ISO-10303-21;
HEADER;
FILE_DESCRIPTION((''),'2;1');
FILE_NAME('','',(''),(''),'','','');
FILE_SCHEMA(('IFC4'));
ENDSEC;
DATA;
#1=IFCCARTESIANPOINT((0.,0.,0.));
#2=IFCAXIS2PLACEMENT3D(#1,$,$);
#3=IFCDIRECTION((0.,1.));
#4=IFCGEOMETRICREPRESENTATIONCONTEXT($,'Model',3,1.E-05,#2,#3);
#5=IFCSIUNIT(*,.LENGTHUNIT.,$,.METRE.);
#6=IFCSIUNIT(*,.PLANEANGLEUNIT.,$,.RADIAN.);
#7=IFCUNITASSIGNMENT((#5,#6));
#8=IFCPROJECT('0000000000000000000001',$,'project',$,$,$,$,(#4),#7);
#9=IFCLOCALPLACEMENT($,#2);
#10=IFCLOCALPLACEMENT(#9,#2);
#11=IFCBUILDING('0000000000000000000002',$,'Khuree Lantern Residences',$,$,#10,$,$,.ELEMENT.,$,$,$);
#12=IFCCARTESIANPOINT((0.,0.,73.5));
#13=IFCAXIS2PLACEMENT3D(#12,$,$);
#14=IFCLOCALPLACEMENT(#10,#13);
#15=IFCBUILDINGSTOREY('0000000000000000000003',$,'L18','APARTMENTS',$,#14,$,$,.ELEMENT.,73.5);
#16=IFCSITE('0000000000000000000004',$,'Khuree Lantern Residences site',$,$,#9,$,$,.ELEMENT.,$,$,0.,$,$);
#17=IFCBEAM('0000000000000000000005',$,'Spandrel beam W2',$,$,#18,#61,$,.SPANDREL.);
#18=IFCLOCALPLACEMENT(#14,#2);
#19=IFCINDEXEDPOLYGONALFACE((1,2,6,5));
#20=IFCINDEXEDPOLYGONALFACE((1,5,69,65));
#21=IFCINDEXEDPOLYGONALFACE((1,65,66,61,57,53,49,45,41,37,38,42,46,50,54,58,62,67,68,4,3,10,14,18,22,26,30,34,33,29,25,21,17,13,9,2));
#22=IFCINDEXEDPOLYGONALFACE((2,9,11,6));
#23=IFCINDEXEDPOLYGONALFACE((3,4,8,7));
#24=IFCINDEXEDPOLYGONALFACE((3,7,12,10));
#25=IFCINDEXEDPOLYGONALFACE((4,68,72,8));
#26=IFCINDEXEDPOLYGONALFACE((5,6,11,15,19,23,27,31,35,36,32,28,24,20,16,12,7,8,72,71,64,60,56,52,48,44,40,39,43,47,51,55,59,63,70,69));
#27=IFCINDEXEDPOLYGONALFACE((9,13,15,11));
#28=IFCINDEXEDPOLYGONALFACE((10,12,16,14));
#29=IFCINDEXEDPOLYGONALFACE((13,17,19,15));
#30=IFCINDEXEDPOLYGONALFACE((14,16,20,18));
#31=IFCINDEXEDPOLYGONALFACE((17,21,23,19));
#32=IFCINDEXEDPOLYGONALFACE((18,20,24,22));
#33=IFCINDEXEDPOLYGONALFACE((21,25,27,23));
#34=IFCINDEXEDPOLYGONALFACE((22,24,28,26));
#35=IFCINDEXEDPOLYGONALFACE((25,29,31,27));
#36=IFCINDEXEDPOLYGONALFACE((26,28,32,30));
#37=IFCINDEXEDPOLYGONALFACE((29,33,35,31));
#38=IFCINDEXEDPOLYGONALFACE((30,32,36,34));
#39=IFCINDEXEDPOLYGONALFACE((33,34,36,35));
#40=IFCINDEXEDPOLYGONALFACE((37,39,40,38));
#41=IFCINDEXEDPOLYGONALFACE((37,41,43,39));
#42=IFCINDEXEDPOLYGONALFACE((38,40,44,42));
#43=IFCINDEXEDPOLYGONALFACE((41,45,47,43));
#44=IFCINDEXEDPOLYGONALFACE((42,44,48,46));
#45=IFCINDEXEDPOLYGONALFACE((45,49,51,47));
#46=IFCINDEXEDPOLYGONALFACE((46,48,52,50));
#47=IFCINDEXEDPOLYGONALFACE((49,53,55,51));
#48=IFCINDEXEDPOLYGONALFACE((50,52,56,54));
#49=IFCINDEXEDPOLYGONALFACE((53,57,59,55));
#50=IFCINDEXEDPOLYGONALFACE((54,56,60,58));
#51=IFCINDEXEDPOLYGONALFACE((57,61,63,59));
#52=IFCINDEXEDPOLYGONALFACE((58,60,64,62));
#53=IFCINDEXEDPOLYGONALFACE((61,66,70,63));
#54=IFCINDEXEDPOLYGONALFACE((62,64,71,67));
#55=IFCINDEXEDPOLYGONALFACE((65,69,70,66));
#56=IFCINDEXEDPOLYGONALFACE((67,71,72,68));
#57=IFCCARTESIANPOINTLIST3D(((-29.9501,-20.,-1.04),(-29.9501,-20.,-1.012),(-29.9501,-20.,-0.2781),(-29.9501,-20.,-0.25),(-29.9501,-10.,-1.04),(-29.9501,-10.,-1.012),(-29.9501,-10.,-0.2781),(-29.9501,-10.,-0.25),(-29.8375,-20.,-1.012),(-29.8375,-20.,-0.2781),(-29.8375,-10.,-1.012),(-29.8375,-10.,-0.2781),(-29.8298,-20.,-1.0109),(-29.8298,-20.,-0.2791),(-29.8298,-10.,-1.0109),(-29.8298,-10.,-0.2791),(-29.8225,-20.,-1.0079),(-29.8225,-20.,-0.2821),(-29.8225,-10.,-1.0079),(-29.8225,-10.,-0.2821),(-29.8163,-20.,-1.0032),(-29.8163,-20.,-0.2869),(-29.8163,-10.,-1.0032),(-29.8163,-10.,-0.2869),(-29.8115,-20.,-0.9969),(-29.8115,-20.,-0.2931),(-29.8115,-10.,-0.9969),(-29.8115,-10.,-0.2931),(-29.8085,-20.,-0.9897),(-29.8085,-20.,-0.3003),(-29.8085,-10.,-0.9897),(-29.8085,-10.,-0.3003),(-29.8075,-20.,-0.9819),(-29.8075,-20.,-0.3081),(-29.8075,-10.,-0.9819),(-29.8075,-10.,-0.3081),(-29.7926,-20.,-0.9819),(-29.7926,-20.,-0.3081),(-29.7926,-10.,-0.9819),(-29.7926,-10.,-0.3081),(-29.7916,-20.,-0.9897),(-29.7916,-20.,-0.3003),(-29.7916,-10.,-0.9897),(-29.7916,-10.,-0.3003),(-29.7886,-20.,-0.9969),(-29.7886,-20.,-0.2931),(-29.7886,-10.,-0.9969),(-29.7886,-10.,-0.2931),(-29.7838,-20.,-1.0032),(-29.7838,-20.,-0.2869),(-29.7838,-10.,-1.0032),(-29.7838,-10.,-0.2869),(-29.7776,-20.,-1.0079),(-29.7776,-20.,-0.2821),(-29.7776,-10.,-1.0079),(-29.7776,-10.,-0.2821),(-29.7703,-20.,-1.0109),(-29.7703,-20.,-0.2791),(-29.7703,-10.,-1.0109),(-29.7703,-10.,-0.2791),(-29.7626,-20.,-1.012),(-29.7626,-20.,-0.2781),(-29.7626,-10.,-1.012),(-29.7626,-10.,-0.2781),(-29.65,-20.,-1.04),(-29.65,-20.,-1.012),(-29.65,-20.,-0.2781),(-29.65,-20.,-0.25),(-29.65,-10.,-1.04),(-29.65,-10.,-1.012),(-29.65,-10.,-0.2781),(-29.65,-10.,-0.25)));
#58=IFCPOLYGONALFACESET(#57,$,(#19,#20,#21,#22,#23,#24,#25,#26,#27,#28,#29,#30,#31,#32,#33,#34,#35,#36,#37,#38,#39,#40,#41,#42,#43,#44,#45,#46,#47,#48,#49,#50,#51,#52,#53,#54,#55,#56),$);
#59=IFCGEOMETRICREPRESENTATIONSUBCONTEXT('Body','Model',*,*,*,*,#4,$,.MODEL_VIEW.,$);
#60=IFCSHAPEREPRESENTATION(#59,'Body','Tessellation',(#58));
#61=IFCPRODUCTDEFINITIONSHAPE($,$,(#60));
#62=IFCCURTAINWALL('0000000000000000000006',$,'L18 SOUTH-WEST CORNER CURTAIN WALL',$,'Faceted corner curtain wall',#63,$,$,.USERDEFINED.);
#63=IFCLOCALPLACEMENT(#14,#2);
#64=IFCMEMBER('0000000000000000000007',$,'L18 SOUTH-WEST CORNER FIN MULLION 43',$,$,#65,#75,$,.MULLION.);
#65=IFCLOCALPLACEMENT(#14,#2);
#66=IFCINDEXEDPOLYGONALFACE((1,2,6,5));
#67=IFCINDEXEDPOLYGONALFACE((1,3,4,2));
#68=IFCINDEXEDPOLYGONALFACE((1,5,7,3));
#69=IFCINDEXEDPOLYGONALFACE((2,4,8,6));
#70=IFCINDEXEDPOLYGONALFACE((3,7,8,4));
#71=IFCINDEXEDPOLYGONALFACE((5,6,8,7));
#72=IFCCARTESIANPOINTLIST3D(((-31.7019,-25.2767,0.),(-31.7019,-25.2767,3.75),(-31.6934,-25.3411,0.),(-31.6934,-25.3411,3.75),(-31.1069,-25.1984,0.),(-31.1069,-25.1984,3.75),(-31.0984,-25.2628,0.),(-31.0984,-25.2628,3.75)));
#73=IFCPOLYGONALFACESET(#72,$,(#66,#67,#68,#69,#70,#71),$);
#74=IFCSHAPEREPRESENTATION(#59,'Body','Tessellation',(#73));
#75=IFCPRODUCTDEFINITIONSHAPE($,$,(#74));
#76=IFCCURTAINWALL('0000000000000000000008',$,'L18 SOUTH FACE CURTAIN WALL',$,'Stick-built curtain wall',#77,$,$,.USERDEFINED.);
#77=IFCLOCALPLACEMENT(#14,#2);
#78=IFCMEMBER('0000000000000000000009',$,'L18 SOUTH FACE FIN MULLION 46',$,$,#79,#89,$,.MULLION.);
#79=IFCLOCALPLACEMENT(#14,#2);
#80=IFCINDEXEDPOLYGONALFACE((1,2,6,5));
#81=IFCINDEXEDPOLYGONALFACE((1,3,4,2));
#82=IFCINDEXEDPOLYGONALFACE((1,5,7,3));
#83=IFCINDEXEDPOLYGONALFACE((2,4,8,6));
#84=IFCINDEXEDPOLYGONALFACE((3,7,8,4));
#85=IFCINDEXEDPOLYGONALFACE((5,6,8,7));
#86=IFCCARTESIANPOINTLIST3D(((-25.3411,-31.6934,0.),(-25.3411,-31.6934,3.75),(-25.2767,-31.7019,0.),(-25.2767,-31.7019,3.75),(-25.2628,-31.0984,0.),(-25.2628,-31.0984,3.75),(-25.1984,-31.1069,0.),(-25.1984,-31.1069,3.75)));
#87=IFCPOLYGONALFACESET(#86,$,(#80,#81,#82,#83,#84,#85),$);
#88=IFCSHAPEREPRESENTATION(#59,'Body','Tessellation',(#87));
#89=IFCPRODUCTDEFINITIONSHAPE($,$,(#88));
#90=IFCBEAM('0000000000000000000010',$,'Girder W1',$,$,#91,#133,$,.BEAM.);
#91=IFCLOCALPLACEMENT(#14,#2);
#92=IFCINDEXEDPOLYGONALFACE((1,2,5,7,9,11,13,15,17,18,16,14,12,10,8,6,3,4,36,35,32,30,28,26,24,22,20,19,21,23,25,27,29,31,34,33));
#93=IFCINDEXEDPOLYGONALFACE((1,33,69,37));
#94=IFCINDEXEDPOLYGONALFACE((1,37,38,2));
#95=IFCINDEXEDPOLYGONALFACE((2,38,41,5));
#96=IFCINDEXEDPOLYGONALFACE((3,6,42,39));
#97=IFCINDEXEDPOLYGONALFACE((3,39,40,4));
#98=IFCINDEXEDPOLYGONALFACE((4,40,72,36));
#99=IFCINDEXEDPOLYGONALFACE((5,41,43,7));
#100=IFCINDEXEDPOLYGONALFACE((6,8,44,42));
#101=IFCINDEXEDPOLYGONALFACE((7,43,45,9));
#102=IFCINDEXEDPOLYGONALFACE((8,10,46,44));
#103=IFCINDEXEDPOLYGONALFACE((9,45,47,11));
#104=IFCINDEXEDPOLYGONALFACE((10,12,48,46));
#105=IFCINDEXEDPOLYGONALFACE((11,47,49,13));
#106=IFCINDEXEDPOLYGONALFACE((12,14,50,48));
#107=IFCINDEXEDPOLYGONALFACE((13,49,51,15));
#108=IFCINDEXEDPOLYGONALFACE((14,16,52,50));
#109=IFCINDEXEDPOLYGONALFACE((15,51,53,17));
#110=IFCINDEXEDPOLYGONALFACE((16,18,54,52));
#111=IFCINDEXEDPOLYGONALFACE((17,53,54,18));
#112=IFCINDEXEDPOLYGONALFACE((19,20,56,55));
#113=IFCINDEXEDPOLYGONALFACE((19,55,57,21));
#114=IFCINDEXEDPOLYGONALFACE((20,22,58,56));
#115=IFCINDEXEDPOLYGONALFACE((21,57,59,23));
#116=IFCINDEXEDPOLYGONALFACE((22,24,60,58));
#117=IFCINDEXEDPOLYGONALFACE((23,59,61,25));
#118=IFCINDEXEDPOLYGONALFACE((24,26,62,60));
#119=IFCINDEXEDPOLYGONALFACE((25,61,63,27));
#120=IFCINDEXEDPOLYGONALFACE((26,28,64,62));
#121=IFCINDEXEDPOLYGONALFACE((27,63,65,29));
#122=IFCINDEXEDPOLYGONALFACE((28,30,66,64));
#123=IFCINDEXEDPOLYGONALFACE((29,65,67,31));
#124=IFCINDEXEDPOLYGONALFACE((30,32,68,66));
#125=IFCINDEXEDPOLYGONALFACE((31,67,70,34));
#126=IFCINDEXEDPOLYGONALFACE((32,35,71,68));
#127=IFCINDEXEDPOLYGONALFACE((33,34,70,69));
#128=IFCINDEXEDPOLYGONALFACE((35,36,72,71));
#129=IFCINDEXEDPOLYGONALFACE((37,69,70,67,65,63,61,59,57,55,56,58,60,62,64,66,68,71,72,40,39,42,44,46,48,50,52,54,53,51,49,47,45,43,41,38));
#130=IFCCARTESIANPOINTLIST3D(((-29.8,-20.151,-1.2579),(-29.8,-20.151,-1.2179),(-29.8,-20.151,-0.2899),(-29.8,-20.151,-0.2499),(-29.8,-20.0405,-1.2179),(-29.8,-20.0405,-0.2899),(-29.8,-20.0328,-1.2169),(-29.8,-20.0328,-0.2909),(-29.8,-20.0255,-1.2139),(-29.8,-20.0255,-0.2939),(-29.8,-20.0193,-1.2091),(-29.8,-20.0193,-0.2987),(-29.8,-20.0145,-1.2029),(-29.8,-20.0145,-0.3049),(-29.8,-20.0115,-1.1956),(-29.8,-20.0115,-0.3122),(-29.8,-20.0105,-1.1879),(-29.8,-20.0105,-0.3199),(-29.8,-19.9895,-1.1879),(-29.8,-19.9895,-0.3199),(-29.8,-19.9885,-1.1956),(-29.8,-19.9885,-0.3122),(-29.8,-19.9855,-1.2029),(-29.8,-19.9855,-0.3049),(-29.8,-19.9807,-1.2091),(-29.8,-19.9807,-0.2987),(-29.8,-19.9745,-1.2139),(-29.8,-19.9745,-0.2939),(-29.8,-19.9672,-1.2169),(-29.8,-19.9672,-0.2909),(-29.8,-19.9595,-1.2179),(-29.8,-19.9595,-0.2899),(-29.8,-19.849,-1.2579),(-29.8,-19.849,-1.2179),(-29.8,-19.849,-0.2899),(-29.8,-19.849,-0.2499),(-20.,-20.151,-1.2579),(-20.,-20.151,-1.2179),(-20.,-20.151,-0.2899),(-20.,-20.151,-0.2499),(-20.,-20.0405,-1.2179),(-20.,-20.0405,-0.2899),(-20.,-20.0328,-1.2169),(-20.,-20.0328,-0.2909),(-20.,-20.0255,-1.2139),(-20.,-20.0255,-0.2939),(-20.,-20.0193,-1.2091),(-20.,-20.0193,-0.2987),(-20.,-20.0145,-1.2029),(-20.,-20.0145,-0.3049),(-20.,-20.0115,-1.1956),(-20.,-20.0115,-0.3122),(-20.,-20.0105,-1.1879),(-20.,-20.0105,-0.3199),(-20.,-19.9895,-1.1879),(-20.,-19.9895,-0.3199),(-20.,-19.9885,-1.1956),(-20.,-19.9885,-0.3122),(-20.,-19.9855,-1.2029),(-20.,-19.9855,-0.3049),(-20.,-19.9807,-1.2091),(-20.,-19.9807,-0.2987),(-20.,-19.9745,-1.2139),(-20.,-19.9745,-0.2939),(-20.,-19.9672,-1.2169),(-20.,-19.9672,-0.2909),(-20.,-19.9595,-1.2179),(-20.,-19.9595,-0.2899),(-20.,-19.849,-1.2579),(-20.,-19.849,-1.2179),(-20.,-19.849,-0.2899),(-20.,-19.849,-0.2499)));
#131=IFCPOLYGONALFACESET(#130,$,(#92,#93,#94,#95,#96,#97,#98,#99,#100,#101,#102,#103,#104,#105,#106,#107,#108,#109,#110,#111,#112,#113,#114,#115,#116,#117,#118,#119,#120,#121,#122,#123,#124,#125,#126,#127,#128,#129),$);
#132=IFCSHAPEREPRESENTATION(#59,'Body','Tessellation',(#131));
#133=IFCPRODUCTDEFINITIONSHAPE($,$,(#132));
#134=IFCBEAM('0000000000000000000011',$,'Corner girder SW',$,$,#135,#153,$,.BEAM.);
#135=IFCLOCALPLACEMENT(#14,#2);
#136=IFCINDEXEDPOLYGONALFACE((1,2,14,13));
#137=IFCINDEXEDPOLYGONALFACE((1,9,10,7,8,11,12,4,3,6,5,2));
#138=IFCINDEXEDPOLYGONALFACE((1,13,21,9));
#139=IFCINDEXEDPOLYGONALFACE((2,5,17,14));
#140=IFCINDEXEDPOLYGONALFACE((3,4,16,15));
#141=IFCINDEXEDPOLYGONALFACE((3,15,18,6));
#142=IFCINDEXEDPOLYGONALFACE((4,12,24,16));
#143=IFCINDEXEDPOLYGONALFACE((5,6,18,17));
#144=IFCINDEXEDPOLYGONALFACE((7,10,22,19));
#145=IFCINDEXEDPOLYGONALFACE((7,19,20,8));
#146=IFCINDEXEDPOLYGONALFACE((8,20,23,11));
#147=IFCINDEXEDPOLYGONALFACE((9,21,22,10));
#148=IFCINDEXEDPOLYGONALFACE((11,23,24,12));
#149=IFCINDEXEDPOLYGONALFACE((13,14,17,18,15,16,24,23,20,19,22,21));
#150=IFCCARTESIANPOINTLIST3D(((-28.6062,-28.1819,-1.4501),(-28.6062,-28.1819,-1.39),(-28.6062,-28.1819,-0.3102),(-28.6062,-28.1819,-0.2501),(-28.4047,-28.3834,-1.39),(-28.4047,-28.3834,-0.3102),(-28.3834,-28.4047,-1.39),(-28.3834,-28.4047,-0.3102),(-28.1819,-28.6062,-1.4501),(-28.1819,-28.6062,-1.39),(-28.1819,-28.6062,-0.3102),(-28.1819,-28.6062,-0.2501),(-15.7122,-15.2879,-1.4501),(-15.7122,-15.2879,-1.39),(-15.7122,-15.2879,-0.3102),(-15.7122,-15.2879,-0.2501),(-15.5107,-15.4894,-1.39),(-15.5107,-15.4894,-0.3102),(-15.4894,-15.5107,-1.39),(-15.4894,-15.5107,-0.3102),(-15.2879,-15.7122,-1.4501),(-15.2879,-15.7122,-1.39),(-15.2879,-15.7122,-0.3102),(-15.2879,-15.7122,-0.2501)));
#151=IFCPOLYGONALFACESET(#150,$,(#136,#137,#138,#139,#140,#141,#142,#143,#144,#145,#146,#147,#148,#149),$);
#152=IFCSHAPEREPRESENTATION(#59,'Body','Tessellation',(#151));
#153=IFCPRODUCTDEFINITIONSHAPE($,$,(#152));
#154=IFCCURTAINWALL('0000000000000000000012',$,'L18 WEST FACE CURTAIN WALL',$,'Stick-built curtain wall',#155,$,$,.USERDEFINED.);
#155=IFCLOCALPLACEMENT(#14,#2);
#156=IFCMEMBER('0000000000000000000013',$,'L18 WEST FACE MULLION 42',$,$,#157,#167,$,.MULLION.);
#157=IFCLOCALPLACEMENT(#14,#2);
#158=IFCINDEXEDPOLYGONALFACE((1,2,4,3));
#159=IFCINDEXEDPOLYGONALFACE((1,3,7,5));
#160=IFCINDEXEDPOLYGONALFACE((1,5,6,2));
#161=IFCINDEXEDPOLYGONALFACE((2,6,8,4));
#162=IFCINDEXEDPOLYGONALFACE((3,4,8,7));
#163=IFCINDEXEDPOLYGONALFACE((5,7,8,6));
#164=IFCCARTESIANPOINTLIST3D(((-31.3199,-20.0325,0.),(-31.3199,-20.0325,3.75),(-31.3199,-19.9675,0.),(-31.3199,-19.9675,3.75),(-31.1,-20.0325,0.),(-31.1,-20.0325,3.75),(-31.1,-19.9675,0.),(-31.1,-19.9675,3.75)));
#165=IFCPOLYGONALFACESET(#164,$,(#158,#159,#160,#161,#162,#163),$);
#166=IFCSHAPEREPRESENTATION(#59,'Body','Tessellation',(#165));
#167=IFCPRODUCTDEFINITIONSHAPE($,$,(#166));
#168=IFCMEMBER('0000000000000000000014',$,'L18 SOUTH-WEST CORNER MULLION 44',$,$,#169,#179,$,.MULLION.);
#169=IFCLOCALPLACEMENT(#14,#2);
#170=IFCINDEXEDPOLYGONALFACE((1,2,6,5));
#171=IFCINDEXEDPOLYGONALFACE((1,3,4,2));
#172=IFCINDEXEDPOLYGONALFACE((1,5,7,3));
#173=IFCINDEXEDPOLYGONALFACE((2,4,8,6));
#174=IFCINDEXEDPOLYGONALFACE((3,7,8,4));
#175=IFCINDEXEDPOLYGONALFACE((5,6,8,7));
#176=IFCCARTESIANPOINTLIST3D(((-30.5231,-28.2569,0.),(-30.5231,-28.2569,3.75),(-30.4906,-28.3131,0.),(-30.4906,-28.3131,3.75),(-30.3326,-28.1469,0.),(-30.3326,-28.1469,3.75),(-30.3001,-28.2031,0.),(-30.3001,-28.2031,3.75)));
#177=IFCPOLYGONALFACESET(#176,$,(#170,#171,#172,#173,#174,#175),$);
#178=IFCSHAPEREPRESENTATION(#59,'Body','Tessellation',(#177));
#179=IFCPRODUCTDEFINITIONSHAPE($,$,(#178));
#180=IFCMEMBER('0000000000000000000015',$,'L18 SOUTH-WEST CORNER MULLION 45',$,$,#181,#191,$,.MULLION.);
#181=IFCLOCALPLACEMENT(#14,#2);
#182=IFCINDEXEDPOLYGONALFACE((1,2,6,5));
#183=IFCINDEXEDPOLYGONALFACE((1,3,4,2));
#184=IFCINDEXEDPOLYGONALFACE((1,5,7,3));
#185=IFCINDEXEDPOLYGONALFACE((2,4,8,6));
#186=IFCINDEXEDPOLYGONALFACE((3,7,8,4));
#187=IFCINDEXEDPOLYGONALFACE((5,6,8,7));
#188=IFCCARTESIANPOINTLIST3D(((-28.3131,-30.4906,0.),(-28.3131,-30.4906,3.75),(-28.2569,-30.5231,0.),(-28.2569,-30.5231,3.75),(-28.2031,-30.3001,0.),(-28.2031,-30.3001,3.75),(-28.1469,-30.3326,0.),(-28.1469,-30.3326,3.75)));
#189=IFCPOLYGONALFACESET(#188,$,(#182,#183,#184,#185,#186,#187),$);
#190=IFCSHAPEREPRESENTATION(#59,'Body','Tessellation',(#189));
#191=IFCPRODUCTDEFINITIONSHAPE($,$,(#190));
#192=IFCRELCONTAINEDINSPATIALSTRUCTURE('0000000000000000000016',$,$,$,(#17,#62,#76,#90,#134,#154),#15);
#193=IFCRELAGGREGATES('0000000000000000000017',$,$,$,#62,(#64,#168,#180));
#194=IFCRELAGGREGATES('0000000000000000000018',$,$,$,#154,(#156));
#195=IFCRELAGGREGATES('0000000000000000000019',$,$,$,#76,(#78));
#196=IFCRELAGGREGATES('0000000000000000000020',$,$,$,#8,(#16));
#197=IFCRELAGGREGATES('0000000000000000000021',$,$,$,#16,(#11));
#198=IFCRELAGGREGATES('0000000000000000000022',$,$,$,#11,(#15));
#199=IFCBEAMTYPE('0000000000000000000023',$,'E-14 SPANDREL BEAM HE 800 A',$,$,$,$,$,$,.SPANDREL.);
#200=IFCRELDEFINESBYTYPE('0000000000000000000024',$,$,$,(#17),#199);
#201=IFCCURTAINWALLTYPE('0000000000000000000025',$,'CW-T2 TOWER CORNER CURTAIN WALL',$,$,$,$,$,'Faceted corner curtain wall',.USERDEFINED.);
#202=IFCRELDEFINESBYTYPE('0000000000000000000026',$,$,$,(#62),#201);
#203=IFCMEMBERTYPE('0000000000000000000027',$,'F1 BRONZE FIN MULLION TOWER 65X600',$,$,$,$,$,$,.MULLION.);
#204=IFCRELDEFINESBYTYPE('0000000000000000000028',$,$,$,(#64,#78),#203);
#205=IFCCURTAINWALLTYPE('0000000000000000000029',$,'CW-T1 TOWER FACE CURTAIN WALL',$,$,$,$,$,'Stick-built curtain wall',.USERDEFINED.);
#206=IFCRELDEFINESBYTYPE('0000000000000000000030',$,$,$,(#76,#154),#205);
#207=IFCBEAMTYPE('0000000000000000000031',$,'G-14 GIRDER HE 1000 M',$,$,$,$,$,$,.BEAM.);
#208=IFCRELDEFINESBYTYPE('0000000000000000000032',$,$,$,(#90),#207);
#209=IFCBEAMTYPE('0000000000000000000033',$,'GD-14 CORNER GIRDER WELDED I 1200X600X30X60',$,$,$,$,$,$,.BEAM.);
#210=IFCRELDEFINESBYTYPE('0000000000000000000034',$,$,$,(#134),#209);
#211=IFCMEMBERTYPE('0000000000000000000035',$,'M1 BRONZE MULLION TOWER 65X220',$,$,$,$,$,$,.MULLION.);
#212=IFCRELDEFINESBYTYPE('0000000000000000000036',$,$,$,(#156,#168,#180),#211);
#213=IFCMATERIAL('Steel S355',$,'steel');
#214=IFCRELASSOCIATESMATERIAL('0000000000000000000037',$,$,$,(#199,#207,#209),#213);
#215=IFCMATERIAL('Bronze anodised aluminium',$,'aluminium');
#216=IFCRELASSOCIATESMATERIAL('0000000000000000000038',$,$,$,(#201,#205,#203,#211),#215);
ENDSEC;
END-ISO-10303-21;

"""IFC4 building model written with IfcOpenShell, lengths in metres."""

from ifc_helpers import new_model, si_unit, direction, frame, origin, origin_2d, place, context, subcontext, project, spatial, rectangle, i_section, extrude, material, material_profile, profile_set, type_object, element, aggregate, save


model = new_model("IFC4")

# Units and contexts
model_context = context("Model", 3, precision=1e-05, world=origin(), true_north=direction((0.0, 1.0)))
body_context = subcontext(model_context, "Body", "Model", "MODEL_VIEW")
ifc_project = project(units=[si_unit("LENGTHUNIT", "METRE"), si_unit("PLANEANGLEUNIT", "RADIAN")], contexts=[model_context])

# Site, building, storey
site_placement = place(None, origin())
site = spatial("IfcSite", under=ifc_project, at=site_placement, Name="Khuree Lantern Residences site", CompositionType="ELEMENT", RefElevation=0.0)
building_placement = place(site_placement, origin())
building = spatial("IfcBuilding", under=site, at=building_placement, Name="Khuree Lantern Residences", CompositionType="ELEMENT")
storey_placement = place(building_placement, frame((0.0, 0.0, 73.5)))
storey = spatial("IfcBuildingStorey", under=building, at=storey_placement, Name="L18", Description="APARTMENTS", CompositionType="ELEMENT", Elevation=73.5)

# Beam
ifc_material_1 = material(Name="Steel S355", Category="steel")
ifc_material_profile_1 = material_profile(ifc_material_1, i_section(OverallWidth=0.3, OverallDepth=0.79, WebThickness=0.0149, FlangeThickness=0.0281, FilletRadius=0.03, at=origin_2d()), Name="HE 800 A")
ifc_profile_set_1 = profile_set([ifc_material_profile_1], Name="Steel S355")
beam_type_1 = type_object("IfcBeamType", Name="E-14 SPANDREL BEAM HE 800 A", PredefinedType="SPANDREL", material=ifc_profile_set_1)
beam_1_placement = place(storey_placement, frame((-29.8, -20.0, -0.645), z_axis=(0.0, 1.0, 0.0), x_axis=(-1.0, 0.0, 0.0)))
element("IfcBeam", 1, at=beam_1_placement, inside=storey, type_object=beam_type_1, Name="Spandrel beam W2", PredefinedType="SPANDREL", context=body_context, shape_type="SweptSolid", body=[
    extrude(i_section(OverallWidth=0.3, OverallDepth=0.79, WebThickness=0.0149, FlangeThickness=0.0281, FilletRadius=0.03, at=origin_2d()), origin(), (0.0, 0.0, 1.0), 10.0),
])

# Curtain walls, members
ifc_material_2 = material(Name="Bronze anodised aluminium", Category="aluminium")
curtain_wall_type_1 = type_object("IfcCurtainWallType", Name="CW-T2 TOWER CORNER CURTAIN WALL", ElementType="Faceted corner curtain wall", PredefinedType="USERDEFINED", material=ifc_material_2)
curtain_wall_1_placement = place(storey_placement, origin())
curtain_wall_1 = element("IfcCurtainWall", 2, at=curtain_wall_1_placement, inside=storey, type_object=curtain_wall_type_1, Name="L18 SOUTH-WEST CORNER CURTAIN WALL", ObjectType="Faceted corner curtain wall", PredefinedType="USERDEFINED")
ifc_material_profile_2 = material_profile(ifc_material_2, rectangle(XDim=0.0649, YDim=0.6001, at=origin_2d()), Name="F1 65X600")
ifc_profile_set_2 = profile_set([ifc_material_profile_2], Name="Bronze anodised aluminium")
member_type_1 = type_object("IfcMemberType", Name="F1 BRONZE FIN MULLION TOWER 65X600", PredefinedType="MULLION", material=ifc_profile_set_2)
member_1_placement = place(storey_placement, frame((-31.4001, -25.2698, 0.0), z_axis=(0.0, 0.0, 1.0), x_axis=(0.130526, -0.991445, 0.0)))
member_1 = element("IfcMember", 3, at=member_1_placement, type_object=member_type_1, Name="L18 SOUTH-WEST CORNER FIN MULLION 43", PredefinedType="MULLION", context=body_context, shape_type="SweptSolid", body=[
    extrude(rectangle(XDim=0.0649, YDim=0.6001, at=origin_2d()), origin(), (0.0, 0.0, 1.0), 3.75),
])
curtain_wall_type_2 = type_object("IfcCurtainWallType", Name="CW-T1 TOWER FACE CURTAIN WALL", ElementType="Stick-built curtain wall", PredefinedType="USERDEFINED", material=ifc_material_2)
curtain_wall_2_placement = place(storey_placement, origin())
curtain_wall_2 = element("IfcCurtainWall", 4, at=curtain_wall_2_placement, inside=storey, type_object=curtain_wall_type_2, Name="L18 SOUTH FACE CURTAIN WALL", ObjectType="Stick-built curtain wall", PredefinedType="USERDEFINED")
member_2_placement = place(storey_placement, frame((-25.2698, -31.4001, 0.0), z_axis=(0.0, 0.0, 1.0), x_axis=(0.991445, -0.130526, 0.0)))
member_2 = element("IfcMember", 5, at=member_2_placement, type_object=member_type_1, Name="L18 SOUTH FACE FIN MULLION 46", PredefinedType="MULLION", context=body_context, shape_type="SweptSolid", body=[
    extrude(rectangle(XDim=0.0649, YDim=0.6001, at=origin_2d()), origin(), (0.0, 0.0, 1.0), 3.75),
])

# Beams
ifc_material_profile_3 = material_profile(ifc_material_1, i_section(OverallWidth=0.302, OverallDepth=1.0081, WebThickness=0.021, FlangeThickness=0.04, FilletRadius=0.03, at=origin_2d()), Name="HE 1000 M")
ifc_profile_set_3 = profile_set([ifc_material_profile_3], Name="Steel S355")
beam_type_2 = type_object("IfcBeamType", Name="G-14 GIRDER HE 1000 M", PredefinedType="BEAM", material=ifc_profile_set_3)
beam_2_placement = place(storey_placement, frame((-29.8, -20.0, -0.7539), z_axis=(1.0, 0.0, 0.0), x_axis=(0.0, 1.0, 0.0)))
element("IfcBeam", 6, at=beam_2_placement, inside=storey, type_object=beam_type_2, Name="Girder W1", PredefinedType="BEAM", context=body_context, shape_type="SweptSolid", body=[
    extrude(i_section(OverallWidth=0.302, OverallDepth=1.0081, WebThickness=0.021, FlangeThickness=0.04, FilletRadius=0.03, at=origin_2d()), origin(), (0.0, 0.0, 1.0), 9.8),
])
ifc_material_profile_4 = material_profile(ifc_material_1, i_section(OverallWidth=0.6001, OverallDepth=1.2, WebThickness=0.03, FlangeThickness=0.0601, at=origin_2d()), Name="WELDED I 1200X600X30X60")
ifc_profile_set_4 = profile_set([ifc_material_profile_4], Name="Steel S355")
beam_type_3 = type_object("IfcBeamType", Name="GD-14 CORNER GIRDER WELDED I 1200X600X30X60", PredefinedType="BEAM", material=ifc_profile_set_4)
beam_3_placement = place(storey_placement, frame((-28.394, -28.394, -0.8501), z_axis=(0.707107, 0.707107, 0.0), x_axis=(-0.707107, 0.707107, 0.0)))
element("IfcBeam", 7, at=beam_3_placement, inside=storey, type_object=beam_type_3, Name="Corner girder SW", PredefinedType="BEAM", context=body_context, shape_type="SweptSolid", body=[
    extrude(i_section(OverallWidth=0.6001, OverallDepth=1.2, WebThickness=0.03, FlangeThickness=0.0601, at=origin_2d()), origin(), (0.0, 0.0, 1.0), 18.2349),
])

# Curtain wall, member
curtain_wall_3_placement = place(storey_placement, origin())
curtain_wall_3 = element("IfcCurtainWall", 8, at=curtain_wall_3_placement, inside=storey, type_object=curtain_wall_type_2, Name="L18 WEST FACE CURTAIN WALL", ObjectType="Stick-built curtain wall", PredefinedType="USERDEFINED")
ifc_material_profile_5 = material_profile(ifc_material_2, rectangle(XDim=0.0649, YDim=0.22, at=origin_2d()), Name="M1 65X220")
ifc_profile_set_5 = profile_set([ifc_material_profile_5], Name="Bronze anodised aluminium")
member_type_2 = type_object("IfcMemberType", Name="M1 BRONZE MULLION TOWER 65X220", PredefinedType="MULLION", material=ifc_profile_set_5)
member_3_placement = place(storey_placement, frame((-31.21, -20.0, 0.0), z_axis=(0.0, 0.0, 1.0), x_axis=(0.0, -1.0, 0.0)))
member_3 = element("IfcMember", 9, at=member_3_placement, type_object=member_type_2, Name="L18 WEST FACE MULLION 42", PredefinedType="MULLION", context=body_context, shape_type="SweptSolid", body=[
    extrude(rectangle(XDim=0.0649, YDim=0.22, at=origin_2d()), origin(), (0.0, 0.0, 1.0), 3.75),
])

# Members
member_4_placement = place(storey_placement, frame((-30.4116, -28.23, 0.0), z_axis=(0.0, 0.0, 1.0), x_axis=(0.5, -0.866025, 0.0)))
member_4 = element("IfcMember", 10, at=member_4_placement, type_object=member_type_2, Name="L18 SOUTH-WEST CORNER MULLION 44", PredefinedType="MULLION", context=body_context, shape_type="SweptSolid", body=[
    extrude(rectangle(XDim=0.0649, YDim=0.22, at=origin_2d()), origin(), (0.0, 0.0, 1.0), 3.75),
])
member_5_placement = place(storey_placement, frame((-28.23, -30.4116, 0.0), z_axis=(0.0, 0.0, 1.0), x_axis=(0.866025, -0.5, 0.0)))
member_5 = element("IfcMember", 11, at=member_5_placement, type_object=member_type_2, Name="L18 SOUTH-WEST CORNER MULLION 45", PredefinedType="MULLION", context=body_context, shape_type="SweptSolid", body=[
    extrude(rectangle(XDim=0.0649, YDim=0.22, at=origin_2d()), origin(), (0.0, 0.0, 1.0), 3.75),
])

aggregate(curtain_wall_1, [member_1, member_4, member_5])
aggregate(curtain_wall_3, [member_3])
aggregate(curtain_wall_2, [member_2])

save(model, "model.ifc")
